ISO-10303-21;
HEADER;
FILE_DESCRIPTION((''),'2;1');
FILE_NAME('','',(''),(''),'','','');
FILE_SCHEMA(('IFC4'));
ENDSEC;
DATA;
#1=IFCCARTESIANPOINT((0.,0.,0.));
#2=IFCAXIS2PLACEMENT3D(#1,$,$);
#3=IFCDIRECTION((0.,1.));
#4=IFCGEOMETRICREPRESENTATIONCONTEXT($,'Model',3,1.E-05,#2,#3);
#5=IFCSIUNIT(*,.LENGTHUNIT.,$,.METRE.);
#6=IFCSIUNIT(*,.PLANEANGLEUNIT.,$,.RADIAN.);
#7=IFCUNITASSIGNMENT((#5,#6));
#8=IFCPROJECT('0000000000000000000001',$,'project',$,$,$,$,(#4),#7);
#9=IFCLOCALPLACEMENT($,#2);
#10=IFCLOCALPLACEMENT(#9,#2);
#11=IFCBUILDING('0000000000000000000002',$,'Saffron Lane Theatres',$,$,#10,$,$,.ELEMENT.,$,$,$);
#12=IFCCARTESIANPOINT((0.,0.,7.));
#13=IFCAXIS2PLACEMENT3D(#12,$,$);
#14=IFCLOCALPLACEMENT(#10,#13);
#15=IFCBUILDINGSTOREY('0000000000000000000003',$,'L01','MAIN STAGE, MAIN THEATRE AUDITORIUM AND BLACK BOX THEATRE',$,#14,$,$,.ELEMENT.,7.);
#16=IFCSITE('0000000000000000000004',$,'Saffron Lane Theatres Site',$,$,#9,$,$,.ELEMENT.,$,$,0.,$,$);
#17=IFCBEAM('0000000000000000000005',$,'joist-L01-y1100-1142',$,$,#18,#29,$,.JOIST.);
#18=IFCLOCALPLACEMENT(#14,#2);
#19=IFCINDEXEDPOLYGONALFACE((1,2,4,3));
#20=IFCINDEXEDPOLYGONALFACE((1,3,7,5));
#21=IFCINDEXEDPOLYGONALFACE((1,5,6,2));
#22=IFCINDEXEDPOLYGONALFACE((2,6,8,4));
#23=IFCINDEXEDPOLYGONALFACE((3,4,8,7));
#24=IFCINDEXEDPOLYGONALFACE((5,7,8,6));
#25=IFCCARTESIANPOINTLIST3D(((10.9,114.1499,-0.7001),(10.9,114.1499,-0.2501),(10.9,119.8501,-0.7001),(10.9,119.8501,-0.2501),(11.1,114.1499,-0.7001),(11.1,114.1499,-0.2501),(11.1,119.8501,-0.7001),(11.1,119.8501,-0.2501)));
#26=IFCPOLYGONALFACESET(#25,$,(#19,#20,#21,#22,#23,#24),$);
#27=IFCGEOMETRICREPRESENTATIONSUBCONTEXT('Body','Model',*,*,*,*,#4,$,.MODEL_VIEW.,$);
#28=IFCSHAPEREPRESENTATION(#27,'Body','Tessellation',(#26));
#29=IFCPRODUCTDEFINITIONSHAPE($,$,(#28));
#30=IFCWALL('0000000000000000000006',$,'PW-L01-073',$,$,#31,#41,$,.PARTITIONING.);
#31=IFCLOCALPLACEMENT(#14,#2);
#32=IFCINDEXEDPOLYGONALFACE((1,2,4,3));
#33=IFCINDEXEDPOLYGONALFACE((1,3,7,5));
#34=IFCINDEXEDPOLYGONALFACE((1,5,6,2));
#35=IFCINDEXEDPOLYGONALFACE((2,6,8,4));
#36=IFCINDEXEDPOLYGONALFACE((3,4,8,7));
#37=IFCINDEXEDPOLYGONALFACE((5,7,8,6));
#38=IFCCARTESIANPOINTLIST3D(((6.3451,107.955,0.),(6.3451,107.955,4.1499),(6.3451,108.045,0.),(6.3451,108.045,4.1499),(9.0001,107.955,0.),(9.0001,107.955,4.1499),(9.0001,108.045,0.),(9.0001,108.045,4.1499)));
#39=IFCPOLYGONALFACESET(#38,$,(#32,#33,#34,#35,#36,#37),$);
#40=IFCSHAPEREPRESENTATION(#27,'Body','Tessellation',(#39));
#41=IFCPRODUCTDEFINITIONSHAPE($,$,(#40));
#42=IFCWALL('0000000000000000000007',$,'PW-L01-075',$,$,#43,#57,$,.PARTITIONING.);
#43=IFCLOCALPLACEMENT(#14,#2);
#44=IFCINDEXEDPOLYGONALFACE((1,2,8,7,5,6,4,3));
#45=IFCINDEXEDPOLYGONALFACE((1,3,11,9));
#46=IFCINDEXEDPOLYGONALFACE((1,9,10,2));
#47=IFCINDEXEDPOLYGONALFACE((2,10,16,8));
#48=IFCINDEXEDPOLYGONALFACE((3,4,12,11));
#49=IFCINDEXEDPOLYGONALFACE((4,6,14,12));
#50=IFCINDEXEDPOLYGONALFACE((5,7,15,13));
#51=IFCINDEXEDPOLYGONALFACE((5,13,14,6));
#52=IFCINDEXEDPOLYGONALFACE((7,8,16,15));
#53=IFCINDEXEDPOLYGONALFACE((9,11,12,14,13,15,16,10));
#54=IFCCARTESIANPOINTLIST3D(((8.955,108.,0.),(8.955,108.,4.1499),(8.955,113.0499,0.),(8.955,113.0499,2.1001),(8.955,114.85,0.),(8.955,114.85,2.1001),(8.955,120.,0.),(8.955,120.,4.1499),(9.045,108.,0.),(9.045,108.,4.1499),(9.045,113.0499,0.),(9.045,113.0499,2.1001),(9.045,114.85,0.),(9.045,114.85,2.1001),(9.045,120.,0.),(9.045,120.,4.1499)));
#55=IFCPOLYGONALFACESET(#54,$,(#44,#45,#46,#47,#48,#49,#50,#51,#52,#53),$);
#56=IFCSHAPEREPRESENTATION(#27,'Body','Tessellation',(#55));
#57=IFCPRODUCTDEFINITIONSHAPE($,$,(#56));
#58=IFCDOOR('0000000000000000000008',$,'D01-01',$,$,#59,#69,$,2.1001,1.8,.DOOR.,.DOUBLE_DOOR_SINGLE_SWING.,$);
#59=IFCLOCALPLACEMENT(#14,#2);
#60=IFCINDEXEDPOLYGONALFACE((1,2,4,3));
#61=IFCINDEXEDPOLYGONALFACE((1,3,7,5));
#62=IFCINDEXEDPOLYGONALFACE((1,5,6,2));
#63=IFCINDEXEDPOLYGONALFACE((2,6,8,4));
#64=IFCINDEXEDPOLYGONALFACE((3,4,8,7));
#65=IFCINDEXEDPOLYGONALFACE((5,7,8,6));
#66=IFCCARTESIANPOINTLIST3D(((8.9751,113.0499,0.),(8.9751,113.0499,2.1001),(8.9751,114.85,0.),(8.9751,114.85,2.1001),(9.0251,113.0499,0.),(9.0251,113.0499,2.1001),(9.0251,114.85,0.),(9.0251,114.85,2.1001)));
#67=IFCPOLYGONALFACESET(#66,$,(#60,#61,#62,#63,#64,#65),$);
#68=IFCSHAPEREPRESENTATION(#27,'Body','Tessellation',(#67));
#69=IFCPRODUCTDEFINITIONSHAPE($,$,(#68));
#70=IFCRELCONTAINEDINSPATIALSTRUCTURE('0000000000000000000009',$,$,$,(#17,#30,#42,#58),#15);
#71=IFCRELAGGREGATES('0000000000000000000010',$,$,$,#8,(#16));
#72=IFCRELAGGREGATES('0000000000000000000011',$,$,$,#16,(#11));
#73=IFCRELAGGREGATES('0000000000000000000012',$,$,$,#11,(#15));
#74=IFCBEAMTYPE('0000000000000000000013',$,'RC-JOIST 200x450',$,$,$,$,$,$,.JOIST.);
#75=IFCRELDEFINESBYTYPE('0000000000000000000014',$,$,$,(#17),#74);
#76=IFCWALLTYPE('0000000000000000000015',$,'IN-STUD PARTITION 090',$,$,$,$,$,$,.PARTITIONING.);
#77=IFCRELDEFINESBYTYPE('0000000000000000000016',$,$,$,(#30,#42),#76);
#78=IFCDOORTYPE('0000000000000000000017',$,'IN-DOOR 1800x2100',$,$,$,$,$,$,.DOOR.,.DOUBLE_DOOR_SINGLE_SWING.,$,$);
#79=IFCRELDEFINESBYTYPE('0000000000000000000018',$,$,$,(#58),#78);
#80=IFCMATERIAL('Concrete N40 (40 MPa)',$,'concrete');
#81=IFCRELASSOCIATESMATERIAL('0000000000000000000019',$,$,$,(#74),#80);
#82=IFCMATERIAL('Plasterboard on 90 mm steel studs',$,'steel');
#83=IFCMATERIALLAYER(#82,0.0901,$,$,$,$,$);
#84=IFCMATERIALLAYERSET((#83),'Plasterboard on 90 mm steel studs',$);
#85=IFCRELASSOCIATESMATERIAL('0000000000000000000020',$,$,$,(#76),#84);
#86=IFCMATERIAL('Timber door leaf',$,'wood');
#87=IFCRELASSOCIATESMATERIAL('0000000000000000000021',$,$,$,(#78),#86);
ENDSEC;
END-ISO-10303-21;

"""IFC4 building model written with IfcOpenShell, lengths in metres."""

from ifc_helpers import new_model, si_unit, direction, frame, frame_2d, origin, origin_2d, place, context, subcontext, project, spatial, rectangle, extrude, material, layer, layer_set, material_profile, profile_set, type_object, element, fill, save


model = new_model("IFC4")

# Units and contexts
model_context = context("Model", 3, precision=1e-05, world=origin(), true_north=direction((0.0, 1.0)))
body_context = subcontext(model_context, "Body", "Model", "MODEL_VIEW")
ifc_project = project(units=[si_unit("LENGTHUNIT", "METRE"), si_unit("PLANEANGLEUNIT", "RADIAN")], contexts=[model_context])

# Site, building, storey
site_placement = place(None, origin())
site = spatial("IfcSite", under=ifc_project, at=site_placement, Name="Saffron Lane Theatres Site", CompositionType="ELEMENT", RefElevation=0.0)
building_placement = place(site_placement, origin())
building = spatial("IfcBuilding", under=site, at=building_placement, Name="Saffron Lane Theatres", CompositionType="ELEMENT")
storey_placement = place(building_placement, frame((0.0, 0.0, 7.0)))
storey = spatial("IfcBuildingStorey", under=building, at=storey_placement, Name="L01", Description="MAIN STAGE, MAIN THEATRE AUDITORIUM AND BLACK BOX THEATRE", CompositionType="ELEMENT", Elevation=7.0)

# Beam
ifc_material_1 = material(Name="Concrete N40 (40 MPa)", Category="concrete")
ifc_material_profile_1 = material_profile(ifc_material_1, rectangle(XDim=0.2, YDim=0.45, at=origin_2d()))
ifc_profile_set_1 = profile_set([ifc_material_profile_1], Name="Concrete N40 (40 MPa)")
beam_type_1 = type_object("IfcBeamType", Name="RC-JOIST 200x450", PredefinedType="JOIST", material=ifc_profile_set_1)
for number, where, z_axis, x_axis, name in (
    (1, (11.0, 114.1499, -0.4751), (0.0, 1.0, 0.0), (-1.0, 0.0, 0.0), "joist-L01-y1100-1142"),
):
    element("IfcBeam", number, at=place(storey_placement, frame(where, z_axis=z_axis, x_axis=x_axis)), inside=storey, type_object=beam_type_1, Name=name, PredefinedType="JOIST", context=body_context, shape_type="SweptSolid", body=[
        extrude(rectangle(XDim=0.2, YDim=0.45, at=origin_2d()), origin(), (0.0, 0.0, 1.0), 5.7002),
    ])

# Wall
ifc_material_2 = material(Name="Plasterboard on 90 mm steel studs", Category="steel")
ifc_layer = layer(ifc_material_2, 0.0901)
ifc_layer_set = layer_set([ifc_layer], Name="Plasterboard on 90 mm steel studs")
wall_type = type_object("IfcWallType", Name="IN-STUD PARTITION 090", PredefinedType="PARTITIONING", material=ifc_layer_set)
wall_1_placement = place(storey_placement, frame((6.345, 108.0, 0.0), z_axis=(0.0, 0.0, 1.0), x_axis=(1.0, 0.0, 0.0)))
element("IfcWall", 2, at=wall_1_placement, inside=storey, type_object=wall_type, Name="PW-L01-073", PredefinedType="PARTITIONING", context=body_context, shape_type="SweptSolid", body=[
    extrude(rectangle(XDim=2.655, YDim=0.0901, at=frame_2d((1.3276, 0.0))), origin(), (0.0, 0.0, 1.0), 4.1499),
])

# Wall, opening, door
wall_2_placement = place(storey_placement, frame((9.0, 108.0, 0.0), z_axis=(0.0, 0.0, 1.0), x_axis=(0.0, 1.0, 0.0)))
wall_2 = element("IfcWall", 3, at=wall_2_placement, inside=storey, type_object=wall_type, Name="PW-L01-075", PredefinedType="PARTITIONING", context=body_context, shape_type="SweptSolid", body=[
    extrude(rectangle(XDim=12.0, YDim=0.0901, at=frame_2d((6.0, 0.0))), origin(), (0.0, 0.0, 1.0), 4.1499),
])
opening_placement = place(wall_2_placement, frame((5.05, 0.0, 0.0)))
opening = element("IfcOpeningElement", 4, at=opening_placement, cuts=wall_2, PredefinedType="OPENING", context=body_context, shape_type="SweptSolid", body=[
    extrude(rectangle(XDim=1.8, YDim=2.1001, at=frame_2d((0.8999, 1.05))), frame((0.0, 0.0552, 0.0), z_axis=(0.0, -1.0, 0.0), x_axis=(1.0, 0.0, 0.0)), (0.0, 0.0, 1.0), 0.1101),
])
ifc_material_3 = material(Name="Timber door leaf", Category="wood")
door_type = type_object("IfcDoorType", Name="IN-DOOR 1800x2100", OperationType="DOUBLE_DOOR_SINGLE_SWING", PredefinedType="DOOR", material=ifc_material_3)
door_placement = place(opening_placement, origin())
door = element("IfcDoor", 5, at=door_placement, inside=storey, type_object=door_type, Name="D01-01", OperationType="DOUBLE_DOOR_SINGLE_SWING", OverallHeight=2.1001, OverallWidth=1.8, PredefinedType="DOOR", context=body_context, shape_type="SweptSolid", body=[
    extrude(rectangle(XDim=1.8, YDim=2.1001, at=frame_2d((0.8999, 1.05))), frame((0.0, 0.0249, 0.0), z_axis=(0.0, -1.0, 0.0), x_axis=(1.0, 0.0, 0.0)), (0.0, 0.0, 1.0), 0.05),
])
fill(opening, door)

save(model, "model.ifc")
